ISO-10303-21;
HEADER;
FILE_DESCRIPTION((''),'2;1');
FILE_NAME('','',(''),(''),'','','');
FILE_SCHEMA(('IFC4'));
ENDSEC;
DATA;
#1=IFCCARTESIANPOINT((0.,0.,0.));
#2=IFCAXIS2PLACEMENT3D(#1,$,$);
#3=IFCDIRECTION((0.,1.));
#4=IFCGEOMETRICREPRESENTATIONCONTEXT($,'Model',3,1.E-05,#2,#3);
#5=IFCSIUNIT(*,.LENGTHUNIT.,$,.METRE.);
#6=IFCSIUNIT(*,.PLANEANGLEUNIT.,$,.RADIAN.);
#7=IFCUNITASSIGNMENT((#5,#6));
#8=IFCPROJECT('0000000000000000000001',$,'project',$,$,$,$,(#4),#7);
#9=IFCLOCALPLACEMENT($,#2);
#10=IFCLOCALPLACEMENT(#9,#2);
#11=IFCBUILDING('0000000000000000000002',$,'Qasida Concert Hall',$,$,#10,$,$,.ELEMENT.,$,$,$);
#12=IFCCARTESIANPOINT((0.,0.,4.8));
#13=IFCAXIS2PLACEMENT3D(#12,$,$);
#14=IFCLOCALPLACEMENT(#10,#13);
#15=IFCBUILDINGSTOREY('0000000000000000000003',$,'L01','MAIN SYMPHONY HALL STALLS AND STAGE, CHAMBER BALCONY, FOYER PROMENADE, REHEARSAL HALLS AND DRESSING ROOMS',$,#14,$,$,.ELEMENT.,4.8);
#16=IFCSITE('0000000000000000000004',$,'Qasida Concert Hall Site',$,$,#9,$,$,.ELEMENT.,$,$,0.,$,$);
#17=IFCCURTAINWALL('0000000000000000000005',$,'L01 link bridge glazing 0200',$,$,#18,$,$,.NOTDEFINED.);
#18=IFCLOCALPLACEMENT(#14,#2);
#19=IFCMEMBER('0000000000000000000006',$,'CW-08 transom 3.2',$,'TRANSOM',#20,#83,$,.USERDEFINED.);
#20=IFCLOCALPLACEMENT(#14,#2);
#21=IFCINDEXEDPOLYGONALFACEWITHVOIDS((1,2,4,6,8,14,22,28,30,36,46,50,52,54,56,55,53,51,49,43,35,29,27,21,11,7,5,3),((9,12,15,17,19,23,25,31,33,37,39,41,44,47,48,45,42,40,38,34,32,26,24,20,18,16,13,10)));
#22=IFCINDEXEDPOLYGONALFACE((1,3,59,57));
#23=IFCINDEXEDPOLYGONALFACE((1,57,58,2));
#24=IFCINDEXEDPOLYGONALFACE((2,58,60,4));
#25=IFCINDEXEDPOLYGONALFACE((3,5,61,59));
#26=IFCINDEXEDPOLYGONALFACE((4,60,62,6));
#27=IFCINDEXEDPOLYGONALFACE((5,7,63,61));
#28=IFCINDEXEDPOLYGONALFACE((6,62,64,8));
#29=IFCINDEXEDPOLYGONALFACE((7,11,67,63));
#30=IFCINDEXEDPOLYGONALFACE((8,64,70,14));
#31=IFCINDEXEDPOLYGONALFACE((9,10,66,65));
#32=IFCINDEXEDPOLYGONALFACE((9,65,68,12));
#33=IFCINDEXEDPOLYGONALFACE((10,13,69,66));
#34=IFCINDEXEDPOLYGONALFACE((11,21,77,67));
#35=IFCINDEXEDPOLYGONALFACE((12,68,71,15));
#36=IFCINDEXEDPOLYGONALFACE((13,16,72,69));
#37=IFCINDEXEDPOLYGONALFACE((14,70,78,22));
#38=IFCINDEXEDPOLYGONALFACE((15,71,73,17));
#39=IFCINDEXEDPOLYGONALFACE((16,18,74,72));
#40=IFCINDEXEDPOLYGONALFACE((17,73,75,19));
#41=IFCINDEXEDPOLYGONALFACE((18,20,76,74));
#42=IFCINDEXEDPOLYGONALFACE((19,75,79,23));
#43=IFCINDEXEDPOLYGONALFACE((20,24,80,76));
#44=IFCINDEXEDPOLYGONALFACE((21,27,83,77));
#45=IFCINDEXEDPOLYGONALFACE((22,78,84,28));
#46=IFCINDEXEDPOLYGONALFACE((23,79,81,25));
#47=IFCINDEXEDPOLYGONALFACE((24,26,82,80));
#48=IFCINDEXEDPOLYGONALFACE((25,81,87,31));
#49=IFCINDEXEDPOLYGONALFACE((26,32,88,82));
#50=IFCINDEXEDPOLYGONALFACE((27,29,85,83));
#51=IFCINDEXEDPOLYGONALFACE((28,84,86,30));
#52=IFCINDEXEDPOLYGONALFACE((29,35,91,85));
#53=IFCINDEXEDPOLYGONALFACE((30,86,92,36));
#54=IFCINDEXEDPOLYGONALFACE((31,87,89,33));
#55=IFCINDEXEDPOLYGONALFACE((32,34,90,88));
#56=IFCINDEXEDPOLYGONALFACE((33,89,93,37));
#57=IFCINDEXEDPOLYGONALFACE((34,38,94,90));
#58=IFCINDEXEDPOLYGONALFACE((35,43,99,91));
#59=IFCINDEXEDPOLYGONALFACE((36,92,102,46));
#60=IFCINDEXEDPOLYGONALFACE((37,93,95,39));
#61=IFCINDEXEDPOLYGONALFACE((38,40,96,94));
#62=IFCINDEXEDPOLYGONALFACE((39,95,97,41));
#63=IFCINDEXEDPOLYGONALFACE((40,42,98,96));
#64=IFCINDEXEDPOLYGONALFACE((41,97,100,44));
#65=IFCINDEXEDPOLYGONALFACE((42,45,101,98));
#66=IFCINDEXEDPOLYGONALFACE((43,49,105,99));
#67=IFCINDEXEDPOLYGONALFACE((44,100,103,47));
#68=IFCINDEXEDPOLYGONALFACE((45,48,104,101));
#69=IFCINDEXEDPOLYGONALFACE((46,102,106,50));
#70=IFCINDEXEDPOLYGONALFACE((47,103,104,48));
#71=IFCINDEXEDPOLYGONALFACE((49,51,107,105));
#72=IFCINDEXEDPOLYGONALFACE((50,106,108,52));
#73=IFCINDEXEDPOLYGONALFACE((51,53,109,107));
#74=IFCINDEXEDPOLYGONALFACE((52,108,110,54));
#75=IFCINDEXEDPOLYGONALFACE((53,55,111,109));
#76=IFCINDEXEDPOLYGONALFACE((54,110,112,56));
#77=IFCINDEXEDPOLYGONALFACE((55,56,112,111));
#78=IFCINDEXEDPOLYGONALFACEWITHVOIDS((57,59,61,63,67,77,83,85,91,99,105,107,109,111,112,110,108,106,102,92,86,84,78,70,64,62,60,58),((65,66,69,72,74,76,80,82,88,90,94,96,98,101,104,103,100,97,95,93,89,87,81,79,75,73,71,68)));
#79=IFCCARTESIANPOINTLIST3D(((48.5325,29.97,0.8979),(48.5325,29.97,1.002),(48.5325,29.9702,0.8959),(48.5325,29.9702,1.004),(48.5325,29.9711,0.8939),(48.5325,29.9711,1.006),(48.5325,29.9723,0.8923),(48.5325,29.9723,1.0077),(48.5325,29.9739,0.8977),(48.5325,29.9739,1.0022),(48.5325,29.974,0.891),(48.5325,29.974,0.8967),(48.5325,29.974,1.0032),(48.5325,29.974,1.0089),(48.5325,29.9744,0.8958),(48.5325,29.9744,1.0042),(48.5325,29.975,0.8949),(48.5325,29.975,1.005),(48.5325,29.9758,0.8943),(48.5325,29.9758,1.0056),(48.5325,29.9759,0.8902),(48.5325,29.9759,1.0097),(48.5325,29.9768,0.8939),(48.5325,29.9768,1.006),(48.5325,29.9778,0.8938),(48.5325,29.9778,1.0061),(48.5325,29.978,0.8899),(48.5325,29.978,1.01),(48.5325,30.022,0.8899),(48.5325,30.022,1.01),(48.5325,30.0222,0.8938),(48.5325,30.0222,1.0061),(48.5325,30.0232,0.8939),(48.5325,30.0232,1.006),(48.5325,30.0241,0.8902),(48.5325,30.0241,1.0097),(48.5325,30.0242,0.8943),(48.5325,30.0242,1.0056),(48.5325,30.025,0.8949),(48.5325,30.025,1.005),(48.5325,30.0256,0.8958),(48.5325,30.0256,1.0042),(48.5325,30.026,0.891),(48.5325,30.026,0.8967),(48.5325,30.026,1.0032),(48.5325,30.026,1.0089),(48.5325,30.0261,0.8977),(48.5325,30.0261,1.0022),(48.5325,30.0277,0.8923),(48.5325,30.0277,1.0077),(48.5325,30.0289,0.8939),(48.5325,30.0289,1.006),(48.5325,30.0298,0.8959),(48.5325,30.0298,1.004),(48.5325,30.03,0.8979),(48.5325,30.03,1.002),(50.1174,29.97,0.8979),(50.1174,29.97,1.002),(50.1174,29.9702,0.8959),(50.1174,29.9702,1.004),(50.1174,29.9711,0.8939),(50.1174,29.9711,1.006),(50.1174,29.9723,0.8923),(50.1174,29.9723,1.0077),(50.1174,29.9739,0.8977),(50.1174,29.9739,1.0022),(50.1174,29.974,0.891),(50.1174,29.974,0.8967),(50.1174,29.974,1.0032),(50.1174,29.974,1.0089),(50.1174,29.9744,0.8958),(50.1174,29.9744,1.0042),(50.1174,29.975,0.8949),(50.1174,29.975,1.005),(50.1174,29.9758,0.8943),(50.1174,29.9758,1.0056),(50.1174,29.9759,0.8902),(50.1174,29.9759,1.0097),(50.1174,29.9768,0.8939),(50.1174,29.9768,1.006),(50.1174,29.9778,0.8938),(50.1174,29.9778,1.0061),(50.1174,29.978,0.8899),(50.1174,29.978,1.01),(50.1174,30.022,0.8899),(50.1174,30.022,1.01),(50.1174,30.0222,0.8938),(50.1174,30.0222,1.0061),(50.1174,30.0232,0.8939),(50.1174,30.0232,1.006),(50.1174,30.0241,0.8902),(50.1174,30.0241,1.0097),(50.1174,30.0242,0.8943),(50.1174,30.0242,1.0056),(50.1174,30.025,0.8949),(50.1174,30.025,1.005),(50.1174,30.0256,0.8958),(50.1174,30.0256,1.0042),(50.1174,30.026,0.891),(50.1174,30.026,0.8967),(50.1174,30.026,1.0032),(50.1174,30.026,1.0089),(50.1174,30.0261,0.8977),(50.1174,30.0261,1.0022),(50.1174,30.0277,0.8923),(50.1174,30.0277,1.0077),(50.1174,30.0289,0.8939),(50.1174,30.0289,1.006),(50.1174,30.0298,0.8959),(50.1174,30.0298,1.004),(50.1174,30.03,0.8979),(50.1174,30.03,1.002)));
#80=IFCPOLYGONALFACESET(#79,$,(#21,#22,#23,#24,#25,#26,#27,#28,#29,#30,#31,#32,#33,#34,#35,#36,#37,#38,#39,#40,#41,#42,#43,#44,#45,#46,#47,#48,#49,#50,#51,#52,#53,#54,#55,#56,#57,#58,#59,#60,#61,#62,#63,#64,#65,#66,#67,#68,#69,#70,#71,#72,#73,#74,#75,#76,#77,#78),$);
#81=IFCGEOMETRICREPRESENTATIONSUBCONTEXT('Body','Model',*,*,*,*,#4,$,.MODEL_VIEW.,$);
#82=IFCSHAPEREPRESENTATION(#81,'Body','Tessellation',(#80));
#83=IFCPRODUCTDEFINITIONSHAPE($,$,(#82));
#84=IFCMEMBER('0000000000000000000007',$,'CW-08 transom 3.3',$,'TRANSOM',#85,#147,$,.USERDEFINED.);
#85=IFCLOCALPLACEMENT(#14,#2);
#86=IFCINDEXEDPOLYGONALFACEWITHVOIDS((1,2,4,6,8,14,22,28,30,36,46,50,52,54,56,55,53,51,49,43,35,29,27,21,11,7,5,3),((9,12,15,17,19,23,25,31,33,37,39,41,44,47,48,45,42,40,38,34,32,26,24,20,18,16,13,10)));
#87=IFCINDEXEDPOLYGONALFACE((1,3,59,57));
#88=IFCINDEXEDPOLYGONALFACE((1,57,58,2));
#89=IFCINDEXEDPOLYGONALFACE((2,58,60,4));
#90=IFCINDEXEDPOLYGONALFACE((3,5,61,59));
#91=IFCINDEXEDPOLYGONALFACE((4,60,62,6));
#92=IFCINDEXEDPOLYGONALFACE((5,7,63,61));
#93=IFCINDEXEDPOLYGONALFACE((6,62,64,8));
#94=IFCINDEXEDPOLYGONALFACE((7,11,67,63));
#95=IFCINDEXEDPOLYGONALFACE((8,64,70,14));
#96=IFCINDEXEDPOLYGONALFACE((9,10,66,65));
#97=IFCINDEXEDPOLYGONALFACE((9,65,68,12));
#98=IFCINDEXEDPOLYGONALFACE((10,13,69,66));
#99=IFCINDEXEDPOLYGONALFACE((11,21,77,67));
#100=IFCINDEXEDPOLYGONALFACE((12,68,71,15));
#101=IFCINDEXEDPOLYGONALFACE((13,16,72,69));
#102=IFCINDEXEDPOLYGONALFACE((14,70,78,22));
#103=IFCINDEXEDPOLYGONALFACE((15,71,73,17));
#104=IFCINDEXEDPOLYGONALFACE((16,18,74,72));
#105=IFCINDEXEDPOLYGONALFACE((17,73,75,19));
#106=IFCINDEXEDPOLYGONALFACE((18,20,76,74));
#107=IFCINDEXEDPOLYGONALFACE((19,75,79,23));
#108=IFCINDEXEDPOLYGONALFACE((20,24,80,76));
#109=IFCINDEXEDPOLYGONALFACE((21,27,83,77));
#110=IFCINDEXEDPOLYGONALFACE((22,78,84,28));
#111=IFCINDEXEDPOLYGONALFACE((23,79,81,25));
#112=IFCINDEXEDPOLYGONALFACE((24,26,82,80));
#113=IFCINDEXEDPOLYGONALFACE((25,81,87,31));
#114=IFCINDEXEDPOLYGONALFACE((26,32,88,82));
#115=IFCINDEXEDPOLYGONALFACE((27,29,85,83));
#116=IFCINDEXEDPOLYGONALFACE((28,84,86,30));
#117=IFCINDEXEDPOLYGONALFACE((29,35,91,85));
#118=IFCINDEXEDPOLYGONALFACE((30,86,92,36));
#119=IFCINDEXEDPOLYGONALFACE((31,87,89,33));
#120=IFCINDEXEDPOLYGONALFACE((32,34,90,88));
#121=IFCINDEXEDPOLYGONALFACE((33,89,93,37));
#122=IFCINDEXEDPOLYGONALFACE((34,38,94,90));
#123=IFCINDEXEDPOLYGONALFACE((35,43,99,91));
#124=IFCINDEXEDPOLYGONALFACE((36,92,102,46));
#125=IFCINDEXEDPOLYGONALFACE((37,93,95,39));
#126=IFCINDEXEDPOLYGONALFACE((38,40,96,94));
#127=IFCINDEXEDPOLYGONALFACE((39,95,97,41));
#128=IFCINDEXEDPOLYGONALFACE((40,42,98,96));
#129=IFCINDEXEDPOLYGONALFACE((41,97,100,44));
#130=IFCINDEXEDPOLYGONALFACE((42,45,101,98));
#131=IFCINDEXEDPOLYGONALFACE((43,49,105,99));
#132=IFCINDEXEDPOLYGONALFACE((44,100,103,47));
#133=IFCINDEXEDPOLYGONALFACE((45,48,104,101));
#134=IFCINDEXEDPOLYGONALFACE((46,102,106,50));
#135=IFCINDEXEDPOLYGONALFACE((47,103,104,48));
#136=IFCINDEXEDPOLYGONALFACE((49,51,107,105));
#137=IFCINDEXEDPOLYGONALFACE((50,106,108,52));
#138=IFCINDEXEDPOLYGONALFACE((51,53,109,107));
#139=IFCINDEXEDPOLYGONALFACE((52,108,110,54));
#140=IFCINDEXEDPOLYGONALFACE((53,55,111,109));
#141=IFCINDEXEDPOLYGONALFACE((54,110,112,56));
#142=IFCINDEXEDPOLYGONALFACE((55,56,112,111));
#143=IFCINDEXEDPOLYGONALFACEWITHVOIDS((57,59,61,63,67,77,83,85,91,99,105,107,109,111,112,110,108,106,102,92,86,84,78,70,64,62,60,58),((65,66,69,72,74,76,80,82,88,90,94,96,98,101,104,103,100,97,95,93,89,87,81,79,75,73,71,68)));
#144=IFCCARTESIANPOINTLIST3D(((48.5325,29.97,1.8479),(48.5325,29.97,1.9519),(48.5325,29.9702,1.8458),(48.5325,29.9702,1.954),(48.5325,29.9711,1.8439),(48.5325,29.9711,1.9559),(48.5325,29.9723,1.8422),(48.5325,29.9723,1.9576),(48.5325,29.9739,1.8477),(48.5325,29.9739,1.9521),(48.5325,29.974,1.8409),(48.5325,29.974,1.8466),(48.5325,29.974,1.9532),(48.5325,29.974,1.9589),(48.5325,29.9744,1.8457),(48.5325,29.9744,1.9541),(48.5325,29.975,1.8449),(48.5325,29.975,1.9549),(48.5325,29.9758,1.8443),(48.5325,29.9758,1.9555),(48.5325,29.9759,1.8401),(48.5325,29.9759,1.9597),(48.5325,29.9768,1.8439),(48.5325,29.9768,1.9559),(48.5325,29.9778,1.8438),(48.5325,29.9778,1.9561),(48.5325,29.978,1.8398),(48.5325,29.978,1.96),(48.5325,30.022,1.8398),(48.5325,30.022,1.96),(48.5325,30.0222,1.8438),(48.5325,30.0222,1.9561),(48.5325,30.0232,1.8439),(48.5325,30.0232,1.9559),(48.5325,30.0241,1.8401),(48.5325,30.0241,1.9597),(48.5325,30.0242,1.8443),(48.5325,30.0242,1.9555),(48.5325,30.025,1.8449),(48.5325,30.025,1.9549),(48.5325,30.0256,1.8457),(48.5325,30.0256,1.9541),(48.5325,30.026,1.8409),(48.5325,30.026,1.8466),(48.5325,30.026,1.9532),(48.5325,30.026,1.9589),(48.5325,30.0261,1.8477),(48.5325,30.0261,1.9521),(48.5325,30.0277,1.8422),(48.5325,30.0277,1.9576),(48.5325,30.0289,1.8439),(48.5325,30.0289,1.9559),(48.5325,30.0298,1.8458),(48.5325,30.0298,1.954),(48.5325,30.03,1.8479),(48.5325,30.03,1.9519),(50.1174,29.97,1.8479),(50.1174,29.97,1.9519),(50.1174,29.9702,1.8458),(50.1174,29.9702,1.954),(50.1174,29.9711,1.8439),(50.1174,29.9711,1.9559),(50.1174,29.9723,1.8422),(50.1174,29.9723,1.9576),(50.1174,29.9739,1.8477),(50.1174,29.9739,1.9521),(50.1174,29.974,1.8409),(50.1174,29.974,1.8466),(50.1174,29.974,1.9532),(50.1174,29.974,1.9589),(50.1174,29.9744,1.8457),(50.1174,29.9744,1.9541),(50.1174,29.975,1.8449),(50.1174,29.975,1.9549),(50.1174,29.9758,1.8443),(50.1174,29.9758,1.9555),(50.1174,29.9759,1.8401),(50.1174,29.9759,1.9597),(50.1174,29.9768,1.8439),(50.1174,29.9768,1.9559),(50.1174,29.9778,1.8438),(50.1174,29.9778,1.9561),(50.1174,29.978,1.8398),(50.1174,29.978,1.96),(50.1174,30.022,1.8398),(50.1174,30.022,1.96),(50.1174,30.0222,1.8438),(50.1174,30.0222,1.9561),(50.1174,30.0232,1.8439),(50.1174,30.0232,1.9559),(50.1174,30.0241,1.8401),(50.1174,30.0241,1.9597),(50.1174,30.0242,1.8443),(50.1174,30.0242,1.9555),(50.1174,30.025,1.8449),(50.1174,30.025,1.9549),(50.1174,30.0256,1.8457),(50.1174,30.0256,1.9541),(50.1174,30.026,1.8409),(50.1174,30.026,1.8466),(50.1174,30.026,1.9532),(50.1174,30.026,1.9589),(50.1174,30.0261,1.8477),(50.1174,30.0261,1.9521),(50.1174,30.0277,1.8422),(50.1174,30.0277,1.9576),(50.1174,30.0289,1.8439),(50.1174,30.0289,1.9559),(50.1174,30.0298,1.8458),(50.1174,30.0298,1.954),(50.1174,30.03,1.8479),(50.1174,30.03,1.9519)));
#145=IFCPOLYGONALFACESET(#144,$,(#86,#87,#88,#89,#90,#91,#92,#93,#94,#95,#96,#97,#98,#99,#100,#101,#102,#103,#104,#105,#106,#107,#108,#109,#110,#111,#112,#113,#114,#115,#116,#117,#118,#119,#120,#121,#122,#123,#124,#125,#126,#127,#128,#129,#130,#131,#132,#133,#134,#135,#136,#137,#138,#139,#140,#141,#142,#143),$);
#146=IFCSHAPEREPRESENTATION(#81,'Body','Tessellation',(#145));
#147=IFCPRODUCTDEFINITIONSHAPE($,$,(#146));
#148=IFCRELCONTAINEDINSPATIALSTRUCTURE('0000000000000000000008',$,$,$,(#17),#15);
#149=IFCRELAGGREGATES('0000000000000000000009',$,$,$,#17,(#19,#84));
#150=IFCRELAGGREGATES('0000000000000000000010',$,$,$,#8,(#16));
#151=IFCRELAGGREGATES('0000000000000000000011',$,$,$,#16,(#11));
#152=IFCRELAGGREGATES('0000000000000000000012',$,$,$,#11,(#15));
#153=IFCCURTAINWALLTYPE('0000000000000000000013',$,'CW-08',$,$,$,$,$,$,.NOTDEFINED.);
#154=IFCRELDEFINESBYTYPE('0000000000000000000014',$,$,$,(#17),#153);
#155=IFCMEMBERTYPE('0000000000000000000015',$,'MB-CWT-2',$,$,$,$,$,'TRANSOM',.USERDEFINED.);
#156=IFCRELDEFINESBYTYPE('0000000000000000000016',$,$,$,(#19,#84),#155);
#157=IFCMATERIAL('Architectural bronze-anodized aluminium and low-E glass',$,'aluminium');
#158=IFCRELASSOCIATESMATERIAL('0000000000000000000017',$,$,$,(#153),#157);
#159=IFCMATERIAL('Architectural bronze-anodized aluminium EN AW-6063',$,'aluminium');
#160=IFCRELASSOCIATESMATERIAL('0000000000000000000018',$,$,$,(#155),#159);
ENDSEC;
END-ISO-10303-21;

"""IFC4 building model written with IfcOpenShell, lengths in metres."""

from ifc_helpers import new_model, si_unit, direction, frame, origin, origin_2d, place, context, subcontext, project, spatial, hollow_rectangle, extrude, material, material_profile, profile_set, type_object, element, aggregate, save


model = new_model("IFC4")

# Units and contexts
model_context = context("Model", 3, precision=1e-05, world=origin(), true_north=direction((0.0, 1.0)))
body_context = subcontext(model_context, "Body", "Model", "MODEL_VIEW")
ifc_project = project(units=[si_unit("LENGTHUNIT", "METRE"), si_unit("PLANEANGLEUNIT", "RADIAN")], contexts=[model_context])

# Site, building, storey
site_placement = place(None, origin())
site = spatial("IfcSite", under=ifc_project, at=site_placement, Name="Qasida Concert Hall Site", CompositionType="ELEMENT", RefElevation=0.0)
building_placement = place(site_placement, origin())
building = spatial("IfcBuilding", under=site, at=building_placement, Name="Qasida Concert Hall", CompositionType="ELEMENT")
storey_placement = place(building_placement, frame((0.0, 0.0, 4.8)))
storey = spatial("IfcBuildingStorey", under=building, at=storey_placement, Name="L01", Description="MAIN SYMPHONY HALL STALLS AND STAGE, CHAMBER BALCONY, FOYER PROMENADE, REHEARSAL HALLS AND DRESSING ROOMS", CompositionType="ELEMENT", Elevation=4.8)

# Curtain wall, members
ifc_material_1 = material(Name="Architectural bronze-anodized aluminium and low-E glass", Category="aluminium")
curtain_wall_type = type_object("IfcCurtainWallType", Name="CW-08", PredefinedType="NOTDEFINED", material=ifc_material_1)
curtain_wall_1_placement = place(storey_placement, origin())
curtain_wall_1 = element("IfcCurtainWall", 1, at=curtain_wall_1_placement, inside=storey, type_object=curtain_wall_type, Name="L01 link bridge glazing 0200", PredefinedType="NOTDEFINED")
ifc_material_2 = material(Name="Architectural bronze-anodized aluminium EN AW-6063", Category="aluminium")
ifc_material_profile_1 = material_profile(ifc_material_2, hollow_rectangle(XDim=0.0601, YDim=0.1201, WallThickness=0.0039, InnerFilletRadius=0.0039, OuterFilletRadius=0.0081, at=origin_2d()), Name="CWT 120x60x4")
ifc_profile_set_1 = profile_set([ifc_material_profile_1], Name="Architectural bronze-anodized aluminium EN AW-6063")
member_type_1 = type_object("IfcMemberType", Name="MB-CWT-2", ElementType="TRANSOM", PredefinedType="USERDEFINED", material=ifc_profile_set_1)
member_1_placement = place(storey_placement, frame((48.5325, 30.0, 0.95), z_axis=(1.0, 0.0, 0.0), x_axis=(0.0, 1.0, 0.0)))
member_1 = element("IfcMember", 2, at=member_1_placement, type_object=member_type_1, Name="CW-08 transom 3.2", ObjectType="TRANSOM", PredefinedType="USERDEFINED", context=body_context, shape_type="SweptSolid", body=[
    extrude(hollow_rectangle(XDim=0.0601, YDim=0.1201, WallThickness=0.0039, InnerFilletRadius=0.0039, OuterFilletRadius=0.0081, at=origin_2d()), origin(), (0.0, 0.0, 1.0), 1.585),
])
member_2_placement = place(storey_placement, frame((48.5325, 30.0, 1.8999), z_axis=(1.0, 0.0, 0.0), x_axis=(0.0, 1.0, 0.0)))
member_2 = element("IfcMember", 3, at=member_2_placement, type_object=member_type_1, Name="CW-08 transom 3.3", ObjectType="TRANSOM", PredefinedType="USERDEFINED", context=body_context, shape_type="SweptSolid", body=[
    extrude(hollow_rectangle(XDim=0.0601, YDim=0.1201, WallThickness=0.0039, InnerFilletRadius=0.0039, OuterFilletRadius=0.0081, at=origin_2d()), origin(), (0.0, 0.0, 1.0), 1.585),
])
aggregate(curtain_wall_1, [member_1, member_2])

save(model, "model.ifc")
